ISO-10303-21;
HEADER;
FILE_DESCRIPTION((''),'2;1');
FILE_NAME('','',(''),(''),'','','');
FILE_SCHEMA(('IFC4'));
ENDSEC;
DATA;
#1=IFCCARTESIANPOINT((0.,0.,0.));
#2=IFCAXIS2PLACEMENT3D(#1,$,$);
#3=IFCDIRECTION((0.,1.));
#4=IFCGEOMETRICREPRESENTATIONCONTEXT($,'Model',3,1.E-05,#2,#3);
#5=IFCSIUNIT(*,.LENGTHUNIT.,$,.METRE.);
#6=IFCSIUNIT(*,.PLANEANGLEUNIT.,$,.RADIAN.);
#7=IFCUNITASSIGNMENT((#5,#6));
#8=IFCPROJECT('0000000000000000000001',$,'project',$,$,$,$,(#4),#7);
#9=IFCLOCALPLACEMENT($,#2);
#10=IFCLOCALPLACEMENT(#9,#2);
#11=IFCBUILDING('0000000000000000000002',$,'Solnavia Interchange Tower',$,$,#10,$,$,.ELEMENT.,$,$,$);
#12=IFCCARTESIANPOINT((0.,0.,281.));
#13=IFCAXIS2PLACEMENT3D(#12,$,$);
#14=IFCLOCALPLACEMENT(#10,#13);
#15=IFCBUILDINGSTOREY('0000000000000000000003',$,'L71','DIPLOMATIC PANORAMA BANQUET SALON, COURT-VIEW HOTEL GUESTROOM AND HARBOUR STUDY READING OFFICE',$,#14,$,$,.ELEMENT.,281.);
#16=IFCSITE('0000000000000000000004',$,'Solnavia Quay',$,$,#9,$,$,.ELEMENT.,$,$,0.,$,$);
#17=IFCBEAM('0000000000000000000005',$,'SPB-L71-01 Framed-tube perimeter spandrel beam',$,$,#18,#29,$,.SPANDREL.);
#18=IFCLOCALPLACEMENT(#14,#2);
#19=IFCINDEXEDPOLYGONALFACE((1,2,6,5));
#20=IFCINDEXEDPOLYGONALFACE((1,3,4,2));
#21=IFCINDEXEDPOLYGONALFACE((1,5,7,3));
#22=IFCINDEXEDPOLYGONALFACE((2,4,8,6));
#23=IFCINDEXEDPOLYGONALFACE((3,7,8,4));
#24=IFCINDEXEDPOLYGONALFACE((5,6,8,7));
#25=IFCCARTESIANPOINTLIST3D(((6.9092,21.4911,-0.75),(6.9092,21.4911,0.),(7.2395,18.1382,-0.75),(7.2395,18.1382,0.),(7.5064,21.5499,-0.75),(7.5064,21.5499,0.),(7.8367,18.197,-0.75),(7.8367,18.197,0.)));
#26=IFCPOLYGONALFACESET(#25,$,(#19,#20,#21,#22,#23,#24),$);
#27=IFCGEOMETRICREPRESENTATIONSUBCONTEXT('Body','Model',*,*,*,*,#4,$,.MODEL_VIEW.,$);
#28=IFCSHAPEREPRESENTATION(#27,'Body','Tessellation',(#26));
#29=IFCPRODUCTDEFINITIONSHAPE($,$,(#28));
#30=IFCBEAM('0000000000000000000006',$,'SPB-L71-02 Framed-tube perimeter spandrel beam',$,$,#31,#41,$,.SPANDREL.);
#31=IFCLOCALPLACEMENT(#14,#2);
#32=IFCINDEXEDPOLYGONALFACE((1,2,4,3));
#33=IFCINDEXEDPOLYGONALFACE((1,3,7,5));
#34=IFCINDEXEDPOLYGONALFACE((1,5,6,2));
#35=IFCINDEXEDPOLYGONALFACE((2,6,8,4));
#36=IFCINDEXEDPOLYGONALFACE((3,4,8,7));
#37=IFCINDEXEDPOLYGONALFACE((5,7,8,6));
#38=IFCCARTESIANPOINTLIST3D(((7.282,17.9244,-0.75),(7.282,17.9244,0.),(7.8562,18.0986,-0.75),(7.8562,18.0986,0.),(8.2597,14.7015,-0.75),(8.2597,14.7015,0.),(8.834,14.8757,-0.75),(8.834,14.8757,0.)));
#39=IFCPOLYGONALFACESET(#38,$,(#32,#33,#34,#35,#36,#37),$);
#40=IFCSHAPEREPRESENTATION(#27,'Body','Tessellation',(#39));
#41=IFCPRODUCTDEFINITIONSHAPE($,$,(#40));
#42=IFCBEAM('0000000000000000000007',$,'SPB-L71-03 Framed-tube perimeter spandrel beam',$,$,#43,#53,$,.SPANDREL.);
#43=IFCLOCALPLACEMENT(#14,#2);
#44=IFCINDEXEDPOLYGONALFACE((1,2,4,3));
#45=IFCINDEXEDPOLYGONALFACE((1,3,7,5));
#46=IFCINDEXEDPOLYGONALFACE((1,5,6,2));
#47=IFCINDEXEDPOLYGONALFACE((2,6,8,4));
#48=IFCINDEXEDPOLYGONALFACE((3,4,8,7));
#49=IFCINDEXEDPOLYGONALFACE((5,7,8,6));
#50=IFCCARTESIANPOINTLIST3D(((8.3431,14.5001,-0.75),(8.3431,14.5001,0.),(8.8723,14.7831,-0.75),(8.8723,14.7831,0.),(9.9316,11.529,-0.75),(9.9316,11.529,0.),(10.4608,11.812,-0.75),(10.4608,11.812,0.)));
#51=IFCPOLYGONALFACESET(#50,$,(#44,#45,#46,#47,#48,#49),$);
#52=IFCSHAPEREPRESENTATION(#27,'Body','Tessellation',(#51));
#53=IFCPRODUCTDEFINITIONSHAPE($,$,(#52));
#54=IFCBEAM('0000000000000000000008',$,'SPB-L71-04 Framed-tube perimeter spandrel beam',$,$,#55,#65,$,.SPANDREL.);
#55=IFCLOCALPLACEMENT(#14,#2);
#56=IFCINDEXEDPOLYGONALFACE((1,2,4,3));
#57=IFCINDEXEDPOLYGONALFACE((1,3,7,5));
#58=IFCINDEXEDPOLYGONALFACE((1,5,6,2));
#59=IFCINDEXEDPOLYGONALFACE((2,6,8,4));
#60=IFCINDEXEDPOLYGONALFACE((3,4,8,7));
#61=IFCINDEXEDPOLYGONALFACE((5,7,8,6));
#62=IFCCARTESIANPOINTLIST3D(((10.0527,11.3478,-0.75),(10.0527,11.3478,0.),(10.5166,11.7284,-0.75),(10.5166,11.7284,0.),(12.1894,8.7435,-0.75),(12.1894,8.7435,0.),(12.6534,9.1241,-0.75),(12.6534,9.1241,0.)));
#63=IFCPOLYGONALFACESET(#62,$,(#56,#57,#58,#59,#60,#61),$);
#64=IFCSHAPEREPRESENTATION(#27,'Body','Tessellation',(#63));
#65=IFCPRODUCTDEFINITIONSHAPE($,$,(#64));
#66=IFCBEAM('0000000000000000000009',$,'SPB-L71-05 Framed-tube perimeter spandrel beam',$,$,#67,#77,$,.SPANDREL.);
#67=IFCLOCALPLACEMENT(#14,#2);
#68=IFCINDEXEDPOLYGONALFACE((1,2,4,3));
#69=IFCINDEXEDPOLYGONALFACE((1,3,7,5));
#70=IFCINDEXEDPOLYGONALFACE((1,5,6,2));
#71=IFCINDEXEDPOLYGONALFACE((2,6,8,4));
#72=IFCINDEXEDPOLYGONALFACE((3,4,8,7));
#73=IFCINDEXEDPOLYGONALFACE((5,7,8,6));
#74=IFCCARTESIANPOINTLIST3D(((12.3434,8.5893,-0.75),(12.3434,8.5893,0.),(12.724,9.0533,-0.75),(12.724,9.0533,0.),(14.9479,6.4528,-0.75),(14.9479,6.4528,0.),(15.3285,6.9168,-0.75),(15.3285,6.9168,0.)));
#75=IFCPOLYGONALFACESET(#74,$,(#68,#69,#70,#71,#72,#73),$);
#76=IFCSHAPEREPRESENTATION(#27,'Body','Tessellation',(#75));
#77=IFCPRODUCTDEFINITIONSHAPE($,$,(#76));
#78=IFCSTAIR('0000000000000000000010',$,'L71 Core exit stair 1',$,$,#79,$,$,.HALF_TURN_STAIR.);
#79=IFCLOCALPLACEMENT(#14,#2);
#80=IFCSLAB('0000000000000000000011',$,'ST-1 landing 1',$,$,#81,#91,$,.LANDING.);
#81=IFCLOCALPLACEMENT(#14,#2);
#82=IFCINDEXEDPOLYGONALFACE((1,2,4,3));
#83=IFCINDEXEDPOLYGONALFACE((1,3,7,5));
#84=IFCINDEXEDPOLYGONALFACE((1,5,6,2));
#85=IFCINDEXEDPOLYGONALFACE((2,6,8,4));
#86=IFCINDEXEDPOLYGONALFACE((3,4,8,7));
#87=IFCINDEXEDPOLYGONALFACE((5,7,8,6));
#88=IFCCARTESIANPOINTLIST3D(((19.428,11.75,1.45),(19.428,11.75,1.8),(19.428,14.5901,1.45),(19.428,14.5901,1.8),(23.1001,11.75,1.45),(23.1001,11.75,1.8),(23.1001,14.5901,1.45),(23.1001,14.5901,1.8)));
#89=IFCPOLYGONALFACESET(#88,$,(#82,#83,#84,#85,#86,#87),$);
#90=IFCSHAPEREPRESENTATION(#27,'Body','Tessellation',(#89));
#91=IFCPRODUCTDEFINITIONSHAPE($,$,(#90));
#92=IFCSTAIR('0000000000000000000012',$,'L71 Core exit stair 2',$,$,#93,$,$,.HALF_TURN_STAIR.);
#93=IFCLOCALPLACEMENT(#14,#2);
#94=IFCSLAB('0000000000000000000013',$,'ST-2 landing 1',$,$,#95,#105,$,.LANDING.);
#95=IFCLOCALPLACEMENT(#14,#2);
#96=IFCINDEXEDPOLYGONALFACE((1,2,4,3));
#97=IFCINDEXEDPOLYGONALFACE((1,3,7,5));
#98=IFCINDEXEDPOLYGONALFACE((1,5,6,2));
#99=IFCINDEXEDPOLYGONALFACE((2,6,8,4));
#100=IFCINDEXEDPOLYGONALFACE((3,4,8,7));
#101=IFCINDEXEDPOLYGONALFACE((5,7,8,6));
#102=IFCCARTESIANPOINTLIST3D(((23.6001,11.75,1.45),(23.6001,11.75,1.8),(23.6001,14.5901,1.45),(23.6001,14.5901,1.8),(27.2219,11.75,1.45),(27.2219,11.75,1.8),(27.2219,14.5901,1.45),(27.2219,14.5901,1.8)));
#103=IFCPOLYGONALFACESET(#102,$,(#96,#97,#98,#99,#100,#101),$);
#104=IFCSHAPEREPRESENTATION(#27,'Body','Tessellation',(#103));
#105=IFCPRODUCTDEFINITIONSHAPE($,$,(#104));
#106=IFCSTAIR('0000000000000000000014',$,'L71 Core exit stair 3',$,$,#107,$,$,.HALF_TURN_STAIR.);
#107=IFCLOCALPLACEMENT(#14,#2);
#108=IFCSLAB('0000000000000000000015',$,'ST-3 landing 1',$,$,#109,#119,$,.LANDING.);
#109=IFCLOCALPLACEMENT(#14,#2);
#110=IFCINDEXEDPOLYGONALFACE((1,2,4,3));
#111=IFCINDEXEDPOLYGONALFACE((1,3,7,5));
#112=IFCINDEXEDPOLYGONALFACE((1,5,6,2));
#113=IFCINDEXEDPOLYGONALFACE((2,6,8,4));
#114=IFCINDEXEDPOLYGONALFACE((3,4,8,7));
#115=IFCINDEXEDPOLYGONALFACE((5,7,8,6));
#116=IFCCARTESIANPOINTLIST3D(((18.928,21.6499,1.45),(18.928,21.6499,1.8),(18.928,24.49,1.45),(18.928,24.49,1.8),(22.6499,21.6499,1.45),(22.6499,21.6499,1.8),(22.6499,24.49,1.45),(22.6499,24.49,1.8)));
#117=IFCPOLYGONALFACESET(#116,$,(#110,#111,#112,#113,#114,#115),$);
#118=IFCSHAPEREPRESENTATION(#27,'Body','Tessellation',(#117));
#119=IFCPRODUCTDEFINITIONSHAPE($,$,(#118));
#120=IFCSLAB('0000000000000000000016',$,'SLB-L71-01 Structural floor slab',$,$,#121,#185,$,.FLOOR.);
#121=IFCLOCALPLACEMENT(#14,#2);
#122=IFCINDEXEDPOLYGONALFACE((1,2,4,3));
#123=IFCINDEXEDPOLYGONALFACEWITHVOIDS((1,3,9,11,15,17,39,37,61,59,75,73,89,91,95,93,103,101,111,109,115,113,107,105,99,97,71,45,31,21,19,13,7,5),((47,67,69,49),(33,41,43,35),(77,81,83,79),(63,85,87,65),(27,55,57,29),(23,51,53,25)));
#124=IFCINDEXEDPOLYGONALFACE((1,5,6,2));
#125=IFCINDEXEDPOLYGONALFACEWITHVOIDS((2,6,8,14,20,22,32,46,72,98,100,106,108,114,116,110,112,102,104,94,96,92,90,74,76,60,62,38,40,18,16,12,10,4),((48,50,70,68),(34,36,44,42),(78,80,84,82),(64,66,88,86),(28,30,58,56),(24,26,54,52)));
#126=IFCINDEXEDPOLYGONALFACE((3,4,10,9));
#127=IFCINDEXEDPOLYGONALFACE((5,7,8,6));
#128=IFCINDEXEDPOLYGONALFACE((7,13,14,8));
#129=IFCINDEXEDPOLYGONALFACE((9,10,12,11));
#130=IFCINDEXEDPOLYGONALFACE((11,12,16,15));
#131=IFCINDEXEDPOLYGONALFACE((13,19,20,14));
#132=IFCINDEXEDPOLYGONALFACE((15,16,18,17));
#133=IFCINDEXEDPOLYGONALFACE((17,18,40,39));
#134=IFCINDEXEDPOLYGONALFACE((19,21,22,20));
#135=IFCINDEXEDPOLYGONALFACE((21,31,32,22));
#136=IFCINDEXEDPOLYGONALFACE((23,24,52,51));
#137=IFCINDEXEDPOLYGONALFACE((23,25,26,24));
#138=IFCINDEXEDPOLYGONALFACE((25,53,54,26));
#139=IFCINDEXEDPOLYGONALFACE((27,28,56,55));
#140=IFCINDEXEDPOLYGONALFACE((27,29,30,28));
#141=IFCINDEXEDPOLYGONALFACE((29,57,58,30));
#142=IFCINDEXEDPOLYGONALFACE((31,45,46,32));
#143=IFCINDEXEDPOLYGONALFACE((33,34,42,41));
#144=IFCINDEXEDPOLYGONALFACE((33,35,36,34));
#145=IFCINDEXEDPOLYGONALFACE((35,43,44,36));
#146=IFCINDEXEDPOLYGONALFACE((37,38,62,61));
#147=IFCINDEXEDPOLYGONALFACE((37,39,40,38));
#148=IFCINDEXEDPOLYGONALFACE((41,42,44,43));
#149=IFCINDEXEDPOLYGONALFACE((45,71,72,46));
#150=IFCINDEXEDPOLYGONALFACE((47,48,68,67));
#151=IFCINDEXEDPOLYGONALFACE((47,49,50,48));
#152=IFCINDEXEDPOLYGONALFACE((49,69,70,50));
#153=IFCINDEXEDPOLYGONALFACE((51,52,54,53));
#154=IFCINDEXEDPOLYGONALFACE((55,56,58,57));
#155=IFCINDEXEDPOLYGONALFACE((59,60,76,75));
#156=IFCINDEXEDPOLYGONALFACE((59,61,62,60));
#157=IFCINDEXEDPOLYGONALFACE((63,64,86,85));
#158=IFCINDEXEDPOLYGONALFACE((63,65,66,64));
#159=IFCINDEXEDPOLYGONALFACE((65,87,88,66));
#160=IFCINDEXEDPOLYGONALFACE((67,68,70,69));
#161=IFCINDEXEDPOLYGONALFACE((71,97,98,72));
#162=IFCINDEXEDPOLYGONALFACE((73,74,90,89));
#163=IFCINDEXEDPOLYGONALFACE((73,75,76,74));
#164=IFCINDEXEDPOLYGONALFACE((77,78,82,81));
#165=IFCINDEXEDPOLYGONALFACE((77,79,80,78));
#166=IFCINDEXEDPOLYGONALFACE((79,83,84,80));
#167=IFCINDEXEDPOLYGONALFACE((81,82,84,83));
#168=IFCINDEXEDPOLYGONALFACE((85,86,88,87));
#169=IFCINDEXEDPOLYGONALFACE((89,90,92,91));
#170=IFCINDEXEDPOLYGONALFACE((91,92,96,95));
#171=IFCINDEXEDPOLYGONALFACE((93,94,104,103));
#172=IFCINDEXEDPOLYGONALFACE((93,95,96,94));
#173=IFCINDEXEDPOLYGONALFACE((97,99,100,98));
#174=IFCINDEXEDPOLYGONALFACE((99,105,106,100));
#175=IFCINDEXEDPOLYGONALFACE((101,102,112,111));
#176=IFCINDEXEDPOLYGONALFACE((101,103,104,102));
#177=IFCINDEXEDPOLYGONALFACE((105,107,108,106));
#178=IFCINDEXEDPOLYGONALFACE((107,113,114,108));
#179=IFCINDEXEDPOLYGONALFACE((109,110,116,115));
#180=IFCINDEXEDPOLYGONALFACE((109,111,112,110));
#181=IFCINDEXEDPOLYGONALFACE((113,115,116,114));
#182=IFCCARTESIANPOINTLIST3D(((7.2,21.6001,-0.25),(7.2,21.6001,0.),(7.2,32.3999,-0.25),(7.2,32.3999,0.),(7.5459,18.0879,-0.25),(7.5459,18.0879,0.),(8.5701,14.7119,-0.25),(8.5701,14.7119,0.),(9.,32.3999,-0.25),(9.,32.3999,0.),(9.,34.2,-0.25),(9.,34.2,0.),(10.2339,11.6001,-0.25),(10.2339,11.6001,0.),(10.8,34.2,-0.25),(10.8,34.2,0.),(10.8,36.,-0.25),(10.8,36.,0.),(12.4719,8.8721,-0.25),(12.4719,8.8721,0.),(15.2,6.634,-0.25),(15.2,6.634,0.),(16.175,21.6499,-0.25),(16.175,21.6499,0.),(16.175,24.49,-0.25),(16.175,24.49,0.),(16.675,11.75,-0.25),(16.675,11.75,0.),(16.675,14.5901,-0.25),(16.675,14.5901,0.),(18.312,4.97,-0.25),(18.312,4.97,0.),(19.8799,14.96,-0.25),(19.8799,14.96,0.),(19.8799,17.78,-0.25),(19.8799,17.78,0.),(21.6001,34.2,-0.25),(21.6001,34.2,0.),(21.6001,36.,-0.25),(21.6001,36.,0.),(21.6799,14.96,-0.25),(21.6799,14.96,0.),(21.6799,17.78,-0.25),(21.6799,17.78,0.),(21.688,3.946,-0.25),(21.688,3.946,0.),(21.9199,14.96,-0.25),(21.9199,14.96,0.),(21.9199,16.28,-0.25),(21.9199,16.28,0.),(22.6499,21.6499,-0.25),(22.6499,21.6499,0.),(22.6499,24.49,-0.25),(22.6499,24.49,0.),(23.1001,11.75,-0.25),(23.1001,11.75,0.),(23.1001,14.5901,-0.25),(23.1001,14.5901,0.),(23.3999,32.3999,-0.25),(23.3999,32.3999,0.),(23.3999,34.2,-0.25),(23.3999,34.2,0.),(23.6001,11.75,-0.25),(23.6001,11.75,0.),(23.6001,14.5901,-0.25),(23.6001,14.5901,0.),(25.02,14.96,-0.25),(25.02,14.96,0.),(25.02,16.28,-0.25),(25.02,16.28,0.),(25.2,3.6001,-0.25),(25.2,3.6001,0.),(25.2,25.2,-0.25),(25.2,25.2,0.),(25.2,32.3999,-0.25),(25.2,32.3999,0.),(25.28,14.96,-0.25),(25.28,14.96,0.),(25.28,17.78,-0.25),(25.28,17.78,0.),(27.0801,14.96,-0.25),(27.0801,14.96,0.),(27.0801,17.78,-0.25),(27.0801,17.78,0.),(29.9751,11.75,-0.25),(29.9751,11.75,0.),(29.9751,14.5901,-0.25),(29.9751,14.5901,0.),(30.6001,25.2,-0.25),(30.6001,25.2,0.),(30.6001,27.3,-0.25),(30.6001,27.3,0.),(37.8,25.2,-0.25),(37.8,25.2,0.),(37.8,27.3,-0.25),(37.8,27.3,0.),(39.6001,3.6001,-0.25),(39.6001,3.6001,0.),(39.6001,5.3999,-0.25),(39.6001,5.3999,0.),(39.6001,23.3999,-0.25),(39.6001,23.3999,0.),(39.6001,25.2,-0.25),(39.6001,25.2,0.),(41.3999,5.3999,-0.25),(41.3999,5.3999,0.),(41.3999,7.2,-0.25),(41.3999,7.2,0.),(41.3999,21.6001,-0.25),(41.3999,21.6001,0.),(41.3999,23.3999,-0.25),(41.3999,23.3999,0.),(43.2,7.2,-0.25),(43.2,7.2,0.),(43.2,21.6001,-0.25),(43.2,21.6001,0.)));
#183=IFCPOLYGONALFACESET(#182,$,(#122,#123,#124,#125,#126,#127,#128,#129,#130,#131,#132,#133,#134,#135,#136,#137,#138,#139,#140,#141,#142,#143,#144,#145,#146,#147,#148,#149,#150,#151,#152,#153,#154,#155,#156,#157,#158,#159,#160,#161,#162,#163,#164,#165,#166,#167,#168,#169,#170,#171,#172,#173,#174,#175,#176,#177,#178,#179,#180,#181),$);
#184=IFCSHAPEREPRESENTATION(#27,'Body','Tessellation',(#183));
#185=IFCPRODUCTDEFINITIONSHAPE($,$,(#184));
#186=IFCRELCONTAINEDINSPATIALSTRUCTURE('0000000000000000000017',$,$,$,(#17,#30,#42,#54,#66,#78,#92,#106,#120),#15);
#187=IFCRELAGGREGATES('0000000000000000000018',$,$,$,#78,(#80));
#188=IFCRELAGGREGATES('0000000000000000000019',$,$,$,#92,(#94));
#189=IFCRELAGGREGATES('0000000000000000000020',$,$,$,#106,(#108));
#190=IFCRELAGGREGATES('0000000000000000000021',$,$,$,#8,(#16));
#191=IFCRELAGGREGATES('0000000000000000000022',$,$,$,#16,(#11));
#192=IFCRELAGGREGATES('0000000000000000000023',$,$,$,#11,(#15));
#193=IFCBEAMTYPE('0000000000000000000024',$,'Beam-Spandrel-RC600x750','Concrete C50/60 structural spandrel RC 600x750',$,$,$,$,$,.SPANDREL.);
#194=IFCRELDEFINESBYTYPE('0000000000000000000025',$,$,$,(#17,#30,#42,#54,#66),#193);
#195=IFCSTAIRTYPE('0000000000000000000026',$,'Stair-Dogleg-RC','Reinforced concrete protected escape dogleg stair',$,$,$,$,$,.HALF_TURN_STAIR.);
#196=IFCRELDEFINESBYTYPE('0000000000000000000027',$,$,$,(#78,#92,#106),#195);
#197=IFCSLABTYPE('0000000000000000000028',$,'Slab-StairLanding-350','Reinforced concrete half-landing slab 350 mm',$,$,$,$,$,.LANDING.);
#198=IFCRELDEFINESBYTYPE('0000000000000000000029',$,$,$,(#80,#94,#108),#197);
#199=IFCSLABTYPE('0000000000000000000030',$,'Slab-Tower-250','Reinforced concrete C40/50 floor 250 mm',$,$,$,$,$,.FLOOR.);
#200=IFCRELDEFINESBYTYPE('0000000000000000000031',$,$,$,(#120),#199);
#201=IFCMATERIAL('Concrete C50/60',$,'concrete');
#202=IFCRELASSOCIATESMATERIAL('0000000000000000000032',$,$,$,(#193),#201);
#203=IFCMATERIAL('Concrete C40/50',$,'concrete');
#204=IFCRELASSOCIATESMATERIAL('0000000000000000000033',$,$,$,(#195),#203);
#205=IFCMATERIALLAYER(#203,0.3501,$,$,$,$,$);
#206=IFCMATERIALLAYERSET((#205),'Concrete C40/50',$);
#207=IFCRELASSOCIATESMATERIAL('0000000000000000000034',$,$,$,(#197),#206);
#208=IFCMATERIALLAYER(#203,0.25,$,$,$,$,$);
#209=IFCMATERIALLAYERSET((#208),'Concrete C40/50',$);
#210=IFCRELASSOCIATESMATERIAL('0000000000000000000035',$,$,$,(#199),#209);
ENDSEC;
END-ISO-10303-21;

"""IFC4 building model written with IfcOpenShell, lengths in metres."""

from ifc_helpers import new_model, si_unit, direction, frame, origin, origin_2d, place, context, subcontext, project, spatial, polyline, rectangle, outline, extrude, material, layer, layer_set, material_profile, profile_set, type_object, element, aggregate, save


model = new_model("IFC4")

# Units and contexts
model_context = context("Model", 3, precision=1e-05, world=origin(), true_north=direction((0.0, 1.0)))
body_context = subcontext(model_context, "Body", "Model", "MODEL_VIEW")
ifc_project = project(units=[si_unit("LENGTHUNIT", "METRE"), si_unit("PLANEANGLEUNIT", "RADIAN")], contexts=[model_context])

# Site, building, storey
site_placement = place(None, origin())
site = spatial("IfcSite", under=ifc_project, at=site_placement, Name="Solnavia Quay", CompositionType="ELEMENT", RefElevation=0.0)
building_placement = place(site_placement, origin())
building = spatial("IfcBuilding", under=site, at=building_placement, Name="Solnavia Interchange Tower", CompositionType="ELEMENT")
storey_placement = place(building_placement, frame((0.0, 0.0, 281.0)))
storey = spatial("IfcBuildingStorey", under=building, at=storey_placement, Name="L71", Description="DIPLOMATIC PANORAMA BANQUET SALON, COURT-VIEW HOTEL GUESTROOM AND HARBOUR STUDY READING OFFICE", CompositionType="ELEMENT", Elevation=281.0)

# Shared definitions
ifc_material_1 = material(Name="Concrete C50/60", Category="concrete")

# Beams
ifc_material_profile_1 = material_profile(ifc_material_1, rectangle(XDim=0.6001, YDim=0.75, at=origin_2d()), Name="RC 600x750")
ifc_profile_set_1 = profile_set([ifc_material_profile_1], Name="Concrete C50/60")
beam_type_1 = type_object("IfcBeamType", Name="Beam-Spandrel-RC600x750", Description="Concrete C50/60 structural spandrel RC 600x750", PredefinedType="SPANDREL", material=ifc_profile_set_1)
beam_1_placement = place(storey_placement, frame((7.2078, 21.5205, -0.375), z_axis=(0.09804, -0.995182, 0.0), x_axis=(0.995182, 0.09804, 0.0)))
element("IfcBeam", 1, at=beam_1_placement, inside=storey, type_object=beam_type_1, Name="SPB-L71-01 Framed-tube perimeter spandrel beam", PredefinedType="SPANDREL", context=body_context, shape_type="SweptSolid", body=[
    extrude(rectangle(XDim=0.6001, YDim=0.75, at=origin_2d()), origin(), (0.0, 0.0, 1.0), 3.3691),
])
beam_2_placement = place(storey_placement, frame((7.5691, 18.0115, -0.375), z_axis=(0.290319, -0.95693, 0.0), x_axis=(0.95693, 0.290319, 0.0)))
element("IfcBeam", 2, at=beam_2_placement, inside=storey, type_object=beam_type_1, Name="SPB-L71-02 Framed-tube perimeter spandrel beam", PredefinedType="SPANDREL", context=body_context, shape_type="SweptSolid", body=[
    extrude(rectangle(XDim=0.6001, YDim=0.75, at=origin_2d()), origin(), (0.0, 0.0, 1.0), 3.3679),
])
beam_3_placement = place(storey_placement, frame((8.6077, 14.6416, -0.375), z_axis=(0.471509, -0.881861, 0.0), x_axis=(0.881861, 0.471509, 0.0)))
element("IfcBeam", 3, at=beam_3_placement, inside=storey, type_object=beam_type_1, Name="SPB-L71-03 Framed-tube perimeter spandrel beam", PredefinedType="SPANDREL", context=body_context, shape_type="SweptSolid", body=[
    extrude(rectangle(XDim=0.6001, YDim=0.75, at=origin_2d()), origin(), (0.0, 0.0, 1.0), 3.3691),
])
for number, where, z_axis, x_axis, name in (
    (4, (10.2847, 11.5381, -0.375), (0.634299, -0.773088, 0.0), (0.773088, 0.634299, 0.0), "SPB-L71-04 Framed-tube perimeter spandrel beam"),
    (5, (12.5337, 8.8213, -0.375), (0.773153, -0.63422, 0.0), (0.63422, 0.773153, 0.0), "SPB-L71-05 Framed-tube perimeter spandrel beam"),
):
    element("IfcBeam", number, at=place(storey_placement, frame(where, z_axis=z_axis, x_axis=x_axis)), inside=storey, type_object=beam_type_1, Name=name, PredefinedType="SPANDREL", context=body_context, shape_type="SweptSolid", body=[
        extrude(rectangle(XDim=0.6001, YDim=0.75, at=origin_2d()), origin(), (0.0, 0.0, 1.0), 3.3687),
    ])

# Stairs, slabs
ifc_material_2 = material(Name="Concrete C40/50", Category="concrete")
stair_type = type_object("IfcStairType", Name="Stair-Dogleg-RC", Description="Reinforced concrete protected escape dogleg stair", PredefinedType="HALF_TURN_STAIR", material=ifc_material_2)
stair_1_placement = place(storey_placement, origin())
stair_1 = element("IfcStair", 6, at=stair_1_placement, inside=storey, type_object=stair_type, Name="L71 Core exit stair 1", PredefinedType="HALF_TURN_STAIR")
ifc_layer_1 = layer(ifc_material_2, 0.3501)
ifc_layer_set_1 = layer_set([ifc_layer_1], Name="Concrete C40/50")
slab_type_1 = type_object("IfcSlabType", Name="Slab-StairLanding-350", Description="Reinforced concrete half-landing slab 350 mm", PredefinedType="LANDING", material=ifc_layer_set_1)
slab_1_placement = place(storey_placement, frame((0.0, 0.0, 1.45)))
slab_1 = element("IfcSlab", 7, at=slab_1_placement, type_object=slab_type_1, Name="ST-1 landing 1", PredefinedType="LANDING", context=body_context, shape_type="SweptSolid", body=[
    extrude(outline(polyline([(19.428, 11.75), (23.1001, 11.75), (23.1001, 14.5901), (19.428, 14.5901), (19.428, 11.75)])), origin(), (0.0, 0.0, 1.0), 0.3501),
])
aggregate(stair_1, [slab_1])
stair_2_placement = place(storey_placement, origin())
stair_2 = element("IfcStair", 8, at=stair_2_placement, inside=storey, type_object=stair_type, Name="L71 Core exit stair 2", PredefinedType="HALF_TURN_STAIR")
slab_2_placement = place(storey_placement, frame((0.0, 0.0, 1.45)))
slab_2 = element("IfcSlab", 9, at=slab_2_placement, type_object=slab_type_1, Name="ST-2 landing 1", PredefinedType="LANDING", context=body_context, shape_type="SweptSolid", body=[
    extrude(outline(polyline([(23.6001, 11.75), (27.2219, 11.75), (27.2219, 14.5901), (23.6001, 14.5901), (23.6001, 11.75)])), origin(), (0.0, 0.0, 1.0), 0.3501),
])
aggregate(stair_2, [slab_2])
stair_3_placement = place(storey_placement, origin())
stair_3 = element("IfcStair", 10, at=stair_3_placement, inside=storey, type_object=stair_type, Name="L71 Core exit stair 3", PredefinedType="HALF_TURN_STAIR")
slab_3_placement = place(storey_placement, frame((0.0, 0.0, 1.45)))
slab_3 = element("IfcSlab", 11, at=slab_3_placement, type_object=slab_type_1, Name="ST-3 landing 1", PredefinedType="LANDING", context=body_context, shape_type="SweptSolid", body=[
    extrude(outline(polyline([(18.928, 21.6499), (22.6499, 21.6499), (22.6499, 24.49), (18.928, 24.49), (18.928, 21.6499)])), origin(), (0.0, 0.0, 1.0), 0.3501),
])
aggregate(stair_3, [slab_3])

# Slab
ifc_layer_2 = layer(ifc_material_2, 0.25)
ifc_layer_set_2 = layer_set([ifc_layer_2], Name="Concrete C40/50")
slab_type_2 = type_object("IfcSlabType", Name="Slab-Tower-250", Description="Reinforced concrete C40/50 floor 250 mm", PredefinedType="FLOOR", material=ifc_layer_set_2)
slab_4_placement = place(storey_placement, frame((0.0, 0.0, -0.25)))
element("IfcSlab", 12, at=slab_4_placement, inside=storey, type_object=slab_type_2, Name="SLB-L71-01 Structural floor slab", PredefinedType="FLOOR", context=body_context, shape_type="SweptSolid", body=[
    extrude(outline(polyline([(25.2, 3.6001), (39.6001, 3.6001), (39.6001, 5.3999), (41.3999, 5.3999), (41.3999, 7.2), (43.2, 7.2), (43.2, 21.6001), (41.3999, 21.6001), (41.3999, 23.3999), (39.6001, 23.3999), (39.6001, 25.2), (37.8, 25.2), (37.8, 27.3), (30.6001, 27.3), (30.6001, 25.2), (25.2, 25.2), (25.2, 32.3999), (23.3999, 32.3999), (23.3999, 34.2), (21.6001, 34.2), (21.6001, 36.0), (10.8, 36.0), (10.8, 34.2), (9.0, 34.2), (9.0, 32.3999), (7.2, 32.3999), (7.2, 21.6001), (7.5459, 18.0879), (8.5701, 14.7119), (10.2339, 11.6001), (12.4719, 8.8721), (15.2, 6.634), (18.312, 4.97), (21.688, 3.946), (25.2, 3.6001)]), holes=[polyline([(16.675, 11.75), (23.1001, 11.75), (23.1001, 14.5901), (16.675, 14.5901), (16.675, 11.75)]), polyline([(23.6001, 11.75), (29.9751, 11.75), (29.9751, 14.5901), (23.6001, 14.5901), (23.6001, 11.75)]), polyline([(16.175, 21.6499), (22.6499, 21.6499), (22.6499, 24.49), (16.175, 24.49), (16.175, 21.6499)]), polyline([(19.8799, 14.96), (21.6799, 14.96), (21.6799, 17.78), (19.8799, 17.78), (19.8799, 14.96)]), polyline([(25.28, 14.96), (27.0801, 14.96), (27.0801, 17.78), (25.28, 17.78), (25.28, 14.96)]), polyline([(21.9199, 14.96), (25.02, 14.96), (25.02, 16.28), (21.9199, 16.28), (21.9199, 14.96)])]), origin(), (0.0, 0.0, 1.0), 0.25),
])

save(model, "model.ifc")
